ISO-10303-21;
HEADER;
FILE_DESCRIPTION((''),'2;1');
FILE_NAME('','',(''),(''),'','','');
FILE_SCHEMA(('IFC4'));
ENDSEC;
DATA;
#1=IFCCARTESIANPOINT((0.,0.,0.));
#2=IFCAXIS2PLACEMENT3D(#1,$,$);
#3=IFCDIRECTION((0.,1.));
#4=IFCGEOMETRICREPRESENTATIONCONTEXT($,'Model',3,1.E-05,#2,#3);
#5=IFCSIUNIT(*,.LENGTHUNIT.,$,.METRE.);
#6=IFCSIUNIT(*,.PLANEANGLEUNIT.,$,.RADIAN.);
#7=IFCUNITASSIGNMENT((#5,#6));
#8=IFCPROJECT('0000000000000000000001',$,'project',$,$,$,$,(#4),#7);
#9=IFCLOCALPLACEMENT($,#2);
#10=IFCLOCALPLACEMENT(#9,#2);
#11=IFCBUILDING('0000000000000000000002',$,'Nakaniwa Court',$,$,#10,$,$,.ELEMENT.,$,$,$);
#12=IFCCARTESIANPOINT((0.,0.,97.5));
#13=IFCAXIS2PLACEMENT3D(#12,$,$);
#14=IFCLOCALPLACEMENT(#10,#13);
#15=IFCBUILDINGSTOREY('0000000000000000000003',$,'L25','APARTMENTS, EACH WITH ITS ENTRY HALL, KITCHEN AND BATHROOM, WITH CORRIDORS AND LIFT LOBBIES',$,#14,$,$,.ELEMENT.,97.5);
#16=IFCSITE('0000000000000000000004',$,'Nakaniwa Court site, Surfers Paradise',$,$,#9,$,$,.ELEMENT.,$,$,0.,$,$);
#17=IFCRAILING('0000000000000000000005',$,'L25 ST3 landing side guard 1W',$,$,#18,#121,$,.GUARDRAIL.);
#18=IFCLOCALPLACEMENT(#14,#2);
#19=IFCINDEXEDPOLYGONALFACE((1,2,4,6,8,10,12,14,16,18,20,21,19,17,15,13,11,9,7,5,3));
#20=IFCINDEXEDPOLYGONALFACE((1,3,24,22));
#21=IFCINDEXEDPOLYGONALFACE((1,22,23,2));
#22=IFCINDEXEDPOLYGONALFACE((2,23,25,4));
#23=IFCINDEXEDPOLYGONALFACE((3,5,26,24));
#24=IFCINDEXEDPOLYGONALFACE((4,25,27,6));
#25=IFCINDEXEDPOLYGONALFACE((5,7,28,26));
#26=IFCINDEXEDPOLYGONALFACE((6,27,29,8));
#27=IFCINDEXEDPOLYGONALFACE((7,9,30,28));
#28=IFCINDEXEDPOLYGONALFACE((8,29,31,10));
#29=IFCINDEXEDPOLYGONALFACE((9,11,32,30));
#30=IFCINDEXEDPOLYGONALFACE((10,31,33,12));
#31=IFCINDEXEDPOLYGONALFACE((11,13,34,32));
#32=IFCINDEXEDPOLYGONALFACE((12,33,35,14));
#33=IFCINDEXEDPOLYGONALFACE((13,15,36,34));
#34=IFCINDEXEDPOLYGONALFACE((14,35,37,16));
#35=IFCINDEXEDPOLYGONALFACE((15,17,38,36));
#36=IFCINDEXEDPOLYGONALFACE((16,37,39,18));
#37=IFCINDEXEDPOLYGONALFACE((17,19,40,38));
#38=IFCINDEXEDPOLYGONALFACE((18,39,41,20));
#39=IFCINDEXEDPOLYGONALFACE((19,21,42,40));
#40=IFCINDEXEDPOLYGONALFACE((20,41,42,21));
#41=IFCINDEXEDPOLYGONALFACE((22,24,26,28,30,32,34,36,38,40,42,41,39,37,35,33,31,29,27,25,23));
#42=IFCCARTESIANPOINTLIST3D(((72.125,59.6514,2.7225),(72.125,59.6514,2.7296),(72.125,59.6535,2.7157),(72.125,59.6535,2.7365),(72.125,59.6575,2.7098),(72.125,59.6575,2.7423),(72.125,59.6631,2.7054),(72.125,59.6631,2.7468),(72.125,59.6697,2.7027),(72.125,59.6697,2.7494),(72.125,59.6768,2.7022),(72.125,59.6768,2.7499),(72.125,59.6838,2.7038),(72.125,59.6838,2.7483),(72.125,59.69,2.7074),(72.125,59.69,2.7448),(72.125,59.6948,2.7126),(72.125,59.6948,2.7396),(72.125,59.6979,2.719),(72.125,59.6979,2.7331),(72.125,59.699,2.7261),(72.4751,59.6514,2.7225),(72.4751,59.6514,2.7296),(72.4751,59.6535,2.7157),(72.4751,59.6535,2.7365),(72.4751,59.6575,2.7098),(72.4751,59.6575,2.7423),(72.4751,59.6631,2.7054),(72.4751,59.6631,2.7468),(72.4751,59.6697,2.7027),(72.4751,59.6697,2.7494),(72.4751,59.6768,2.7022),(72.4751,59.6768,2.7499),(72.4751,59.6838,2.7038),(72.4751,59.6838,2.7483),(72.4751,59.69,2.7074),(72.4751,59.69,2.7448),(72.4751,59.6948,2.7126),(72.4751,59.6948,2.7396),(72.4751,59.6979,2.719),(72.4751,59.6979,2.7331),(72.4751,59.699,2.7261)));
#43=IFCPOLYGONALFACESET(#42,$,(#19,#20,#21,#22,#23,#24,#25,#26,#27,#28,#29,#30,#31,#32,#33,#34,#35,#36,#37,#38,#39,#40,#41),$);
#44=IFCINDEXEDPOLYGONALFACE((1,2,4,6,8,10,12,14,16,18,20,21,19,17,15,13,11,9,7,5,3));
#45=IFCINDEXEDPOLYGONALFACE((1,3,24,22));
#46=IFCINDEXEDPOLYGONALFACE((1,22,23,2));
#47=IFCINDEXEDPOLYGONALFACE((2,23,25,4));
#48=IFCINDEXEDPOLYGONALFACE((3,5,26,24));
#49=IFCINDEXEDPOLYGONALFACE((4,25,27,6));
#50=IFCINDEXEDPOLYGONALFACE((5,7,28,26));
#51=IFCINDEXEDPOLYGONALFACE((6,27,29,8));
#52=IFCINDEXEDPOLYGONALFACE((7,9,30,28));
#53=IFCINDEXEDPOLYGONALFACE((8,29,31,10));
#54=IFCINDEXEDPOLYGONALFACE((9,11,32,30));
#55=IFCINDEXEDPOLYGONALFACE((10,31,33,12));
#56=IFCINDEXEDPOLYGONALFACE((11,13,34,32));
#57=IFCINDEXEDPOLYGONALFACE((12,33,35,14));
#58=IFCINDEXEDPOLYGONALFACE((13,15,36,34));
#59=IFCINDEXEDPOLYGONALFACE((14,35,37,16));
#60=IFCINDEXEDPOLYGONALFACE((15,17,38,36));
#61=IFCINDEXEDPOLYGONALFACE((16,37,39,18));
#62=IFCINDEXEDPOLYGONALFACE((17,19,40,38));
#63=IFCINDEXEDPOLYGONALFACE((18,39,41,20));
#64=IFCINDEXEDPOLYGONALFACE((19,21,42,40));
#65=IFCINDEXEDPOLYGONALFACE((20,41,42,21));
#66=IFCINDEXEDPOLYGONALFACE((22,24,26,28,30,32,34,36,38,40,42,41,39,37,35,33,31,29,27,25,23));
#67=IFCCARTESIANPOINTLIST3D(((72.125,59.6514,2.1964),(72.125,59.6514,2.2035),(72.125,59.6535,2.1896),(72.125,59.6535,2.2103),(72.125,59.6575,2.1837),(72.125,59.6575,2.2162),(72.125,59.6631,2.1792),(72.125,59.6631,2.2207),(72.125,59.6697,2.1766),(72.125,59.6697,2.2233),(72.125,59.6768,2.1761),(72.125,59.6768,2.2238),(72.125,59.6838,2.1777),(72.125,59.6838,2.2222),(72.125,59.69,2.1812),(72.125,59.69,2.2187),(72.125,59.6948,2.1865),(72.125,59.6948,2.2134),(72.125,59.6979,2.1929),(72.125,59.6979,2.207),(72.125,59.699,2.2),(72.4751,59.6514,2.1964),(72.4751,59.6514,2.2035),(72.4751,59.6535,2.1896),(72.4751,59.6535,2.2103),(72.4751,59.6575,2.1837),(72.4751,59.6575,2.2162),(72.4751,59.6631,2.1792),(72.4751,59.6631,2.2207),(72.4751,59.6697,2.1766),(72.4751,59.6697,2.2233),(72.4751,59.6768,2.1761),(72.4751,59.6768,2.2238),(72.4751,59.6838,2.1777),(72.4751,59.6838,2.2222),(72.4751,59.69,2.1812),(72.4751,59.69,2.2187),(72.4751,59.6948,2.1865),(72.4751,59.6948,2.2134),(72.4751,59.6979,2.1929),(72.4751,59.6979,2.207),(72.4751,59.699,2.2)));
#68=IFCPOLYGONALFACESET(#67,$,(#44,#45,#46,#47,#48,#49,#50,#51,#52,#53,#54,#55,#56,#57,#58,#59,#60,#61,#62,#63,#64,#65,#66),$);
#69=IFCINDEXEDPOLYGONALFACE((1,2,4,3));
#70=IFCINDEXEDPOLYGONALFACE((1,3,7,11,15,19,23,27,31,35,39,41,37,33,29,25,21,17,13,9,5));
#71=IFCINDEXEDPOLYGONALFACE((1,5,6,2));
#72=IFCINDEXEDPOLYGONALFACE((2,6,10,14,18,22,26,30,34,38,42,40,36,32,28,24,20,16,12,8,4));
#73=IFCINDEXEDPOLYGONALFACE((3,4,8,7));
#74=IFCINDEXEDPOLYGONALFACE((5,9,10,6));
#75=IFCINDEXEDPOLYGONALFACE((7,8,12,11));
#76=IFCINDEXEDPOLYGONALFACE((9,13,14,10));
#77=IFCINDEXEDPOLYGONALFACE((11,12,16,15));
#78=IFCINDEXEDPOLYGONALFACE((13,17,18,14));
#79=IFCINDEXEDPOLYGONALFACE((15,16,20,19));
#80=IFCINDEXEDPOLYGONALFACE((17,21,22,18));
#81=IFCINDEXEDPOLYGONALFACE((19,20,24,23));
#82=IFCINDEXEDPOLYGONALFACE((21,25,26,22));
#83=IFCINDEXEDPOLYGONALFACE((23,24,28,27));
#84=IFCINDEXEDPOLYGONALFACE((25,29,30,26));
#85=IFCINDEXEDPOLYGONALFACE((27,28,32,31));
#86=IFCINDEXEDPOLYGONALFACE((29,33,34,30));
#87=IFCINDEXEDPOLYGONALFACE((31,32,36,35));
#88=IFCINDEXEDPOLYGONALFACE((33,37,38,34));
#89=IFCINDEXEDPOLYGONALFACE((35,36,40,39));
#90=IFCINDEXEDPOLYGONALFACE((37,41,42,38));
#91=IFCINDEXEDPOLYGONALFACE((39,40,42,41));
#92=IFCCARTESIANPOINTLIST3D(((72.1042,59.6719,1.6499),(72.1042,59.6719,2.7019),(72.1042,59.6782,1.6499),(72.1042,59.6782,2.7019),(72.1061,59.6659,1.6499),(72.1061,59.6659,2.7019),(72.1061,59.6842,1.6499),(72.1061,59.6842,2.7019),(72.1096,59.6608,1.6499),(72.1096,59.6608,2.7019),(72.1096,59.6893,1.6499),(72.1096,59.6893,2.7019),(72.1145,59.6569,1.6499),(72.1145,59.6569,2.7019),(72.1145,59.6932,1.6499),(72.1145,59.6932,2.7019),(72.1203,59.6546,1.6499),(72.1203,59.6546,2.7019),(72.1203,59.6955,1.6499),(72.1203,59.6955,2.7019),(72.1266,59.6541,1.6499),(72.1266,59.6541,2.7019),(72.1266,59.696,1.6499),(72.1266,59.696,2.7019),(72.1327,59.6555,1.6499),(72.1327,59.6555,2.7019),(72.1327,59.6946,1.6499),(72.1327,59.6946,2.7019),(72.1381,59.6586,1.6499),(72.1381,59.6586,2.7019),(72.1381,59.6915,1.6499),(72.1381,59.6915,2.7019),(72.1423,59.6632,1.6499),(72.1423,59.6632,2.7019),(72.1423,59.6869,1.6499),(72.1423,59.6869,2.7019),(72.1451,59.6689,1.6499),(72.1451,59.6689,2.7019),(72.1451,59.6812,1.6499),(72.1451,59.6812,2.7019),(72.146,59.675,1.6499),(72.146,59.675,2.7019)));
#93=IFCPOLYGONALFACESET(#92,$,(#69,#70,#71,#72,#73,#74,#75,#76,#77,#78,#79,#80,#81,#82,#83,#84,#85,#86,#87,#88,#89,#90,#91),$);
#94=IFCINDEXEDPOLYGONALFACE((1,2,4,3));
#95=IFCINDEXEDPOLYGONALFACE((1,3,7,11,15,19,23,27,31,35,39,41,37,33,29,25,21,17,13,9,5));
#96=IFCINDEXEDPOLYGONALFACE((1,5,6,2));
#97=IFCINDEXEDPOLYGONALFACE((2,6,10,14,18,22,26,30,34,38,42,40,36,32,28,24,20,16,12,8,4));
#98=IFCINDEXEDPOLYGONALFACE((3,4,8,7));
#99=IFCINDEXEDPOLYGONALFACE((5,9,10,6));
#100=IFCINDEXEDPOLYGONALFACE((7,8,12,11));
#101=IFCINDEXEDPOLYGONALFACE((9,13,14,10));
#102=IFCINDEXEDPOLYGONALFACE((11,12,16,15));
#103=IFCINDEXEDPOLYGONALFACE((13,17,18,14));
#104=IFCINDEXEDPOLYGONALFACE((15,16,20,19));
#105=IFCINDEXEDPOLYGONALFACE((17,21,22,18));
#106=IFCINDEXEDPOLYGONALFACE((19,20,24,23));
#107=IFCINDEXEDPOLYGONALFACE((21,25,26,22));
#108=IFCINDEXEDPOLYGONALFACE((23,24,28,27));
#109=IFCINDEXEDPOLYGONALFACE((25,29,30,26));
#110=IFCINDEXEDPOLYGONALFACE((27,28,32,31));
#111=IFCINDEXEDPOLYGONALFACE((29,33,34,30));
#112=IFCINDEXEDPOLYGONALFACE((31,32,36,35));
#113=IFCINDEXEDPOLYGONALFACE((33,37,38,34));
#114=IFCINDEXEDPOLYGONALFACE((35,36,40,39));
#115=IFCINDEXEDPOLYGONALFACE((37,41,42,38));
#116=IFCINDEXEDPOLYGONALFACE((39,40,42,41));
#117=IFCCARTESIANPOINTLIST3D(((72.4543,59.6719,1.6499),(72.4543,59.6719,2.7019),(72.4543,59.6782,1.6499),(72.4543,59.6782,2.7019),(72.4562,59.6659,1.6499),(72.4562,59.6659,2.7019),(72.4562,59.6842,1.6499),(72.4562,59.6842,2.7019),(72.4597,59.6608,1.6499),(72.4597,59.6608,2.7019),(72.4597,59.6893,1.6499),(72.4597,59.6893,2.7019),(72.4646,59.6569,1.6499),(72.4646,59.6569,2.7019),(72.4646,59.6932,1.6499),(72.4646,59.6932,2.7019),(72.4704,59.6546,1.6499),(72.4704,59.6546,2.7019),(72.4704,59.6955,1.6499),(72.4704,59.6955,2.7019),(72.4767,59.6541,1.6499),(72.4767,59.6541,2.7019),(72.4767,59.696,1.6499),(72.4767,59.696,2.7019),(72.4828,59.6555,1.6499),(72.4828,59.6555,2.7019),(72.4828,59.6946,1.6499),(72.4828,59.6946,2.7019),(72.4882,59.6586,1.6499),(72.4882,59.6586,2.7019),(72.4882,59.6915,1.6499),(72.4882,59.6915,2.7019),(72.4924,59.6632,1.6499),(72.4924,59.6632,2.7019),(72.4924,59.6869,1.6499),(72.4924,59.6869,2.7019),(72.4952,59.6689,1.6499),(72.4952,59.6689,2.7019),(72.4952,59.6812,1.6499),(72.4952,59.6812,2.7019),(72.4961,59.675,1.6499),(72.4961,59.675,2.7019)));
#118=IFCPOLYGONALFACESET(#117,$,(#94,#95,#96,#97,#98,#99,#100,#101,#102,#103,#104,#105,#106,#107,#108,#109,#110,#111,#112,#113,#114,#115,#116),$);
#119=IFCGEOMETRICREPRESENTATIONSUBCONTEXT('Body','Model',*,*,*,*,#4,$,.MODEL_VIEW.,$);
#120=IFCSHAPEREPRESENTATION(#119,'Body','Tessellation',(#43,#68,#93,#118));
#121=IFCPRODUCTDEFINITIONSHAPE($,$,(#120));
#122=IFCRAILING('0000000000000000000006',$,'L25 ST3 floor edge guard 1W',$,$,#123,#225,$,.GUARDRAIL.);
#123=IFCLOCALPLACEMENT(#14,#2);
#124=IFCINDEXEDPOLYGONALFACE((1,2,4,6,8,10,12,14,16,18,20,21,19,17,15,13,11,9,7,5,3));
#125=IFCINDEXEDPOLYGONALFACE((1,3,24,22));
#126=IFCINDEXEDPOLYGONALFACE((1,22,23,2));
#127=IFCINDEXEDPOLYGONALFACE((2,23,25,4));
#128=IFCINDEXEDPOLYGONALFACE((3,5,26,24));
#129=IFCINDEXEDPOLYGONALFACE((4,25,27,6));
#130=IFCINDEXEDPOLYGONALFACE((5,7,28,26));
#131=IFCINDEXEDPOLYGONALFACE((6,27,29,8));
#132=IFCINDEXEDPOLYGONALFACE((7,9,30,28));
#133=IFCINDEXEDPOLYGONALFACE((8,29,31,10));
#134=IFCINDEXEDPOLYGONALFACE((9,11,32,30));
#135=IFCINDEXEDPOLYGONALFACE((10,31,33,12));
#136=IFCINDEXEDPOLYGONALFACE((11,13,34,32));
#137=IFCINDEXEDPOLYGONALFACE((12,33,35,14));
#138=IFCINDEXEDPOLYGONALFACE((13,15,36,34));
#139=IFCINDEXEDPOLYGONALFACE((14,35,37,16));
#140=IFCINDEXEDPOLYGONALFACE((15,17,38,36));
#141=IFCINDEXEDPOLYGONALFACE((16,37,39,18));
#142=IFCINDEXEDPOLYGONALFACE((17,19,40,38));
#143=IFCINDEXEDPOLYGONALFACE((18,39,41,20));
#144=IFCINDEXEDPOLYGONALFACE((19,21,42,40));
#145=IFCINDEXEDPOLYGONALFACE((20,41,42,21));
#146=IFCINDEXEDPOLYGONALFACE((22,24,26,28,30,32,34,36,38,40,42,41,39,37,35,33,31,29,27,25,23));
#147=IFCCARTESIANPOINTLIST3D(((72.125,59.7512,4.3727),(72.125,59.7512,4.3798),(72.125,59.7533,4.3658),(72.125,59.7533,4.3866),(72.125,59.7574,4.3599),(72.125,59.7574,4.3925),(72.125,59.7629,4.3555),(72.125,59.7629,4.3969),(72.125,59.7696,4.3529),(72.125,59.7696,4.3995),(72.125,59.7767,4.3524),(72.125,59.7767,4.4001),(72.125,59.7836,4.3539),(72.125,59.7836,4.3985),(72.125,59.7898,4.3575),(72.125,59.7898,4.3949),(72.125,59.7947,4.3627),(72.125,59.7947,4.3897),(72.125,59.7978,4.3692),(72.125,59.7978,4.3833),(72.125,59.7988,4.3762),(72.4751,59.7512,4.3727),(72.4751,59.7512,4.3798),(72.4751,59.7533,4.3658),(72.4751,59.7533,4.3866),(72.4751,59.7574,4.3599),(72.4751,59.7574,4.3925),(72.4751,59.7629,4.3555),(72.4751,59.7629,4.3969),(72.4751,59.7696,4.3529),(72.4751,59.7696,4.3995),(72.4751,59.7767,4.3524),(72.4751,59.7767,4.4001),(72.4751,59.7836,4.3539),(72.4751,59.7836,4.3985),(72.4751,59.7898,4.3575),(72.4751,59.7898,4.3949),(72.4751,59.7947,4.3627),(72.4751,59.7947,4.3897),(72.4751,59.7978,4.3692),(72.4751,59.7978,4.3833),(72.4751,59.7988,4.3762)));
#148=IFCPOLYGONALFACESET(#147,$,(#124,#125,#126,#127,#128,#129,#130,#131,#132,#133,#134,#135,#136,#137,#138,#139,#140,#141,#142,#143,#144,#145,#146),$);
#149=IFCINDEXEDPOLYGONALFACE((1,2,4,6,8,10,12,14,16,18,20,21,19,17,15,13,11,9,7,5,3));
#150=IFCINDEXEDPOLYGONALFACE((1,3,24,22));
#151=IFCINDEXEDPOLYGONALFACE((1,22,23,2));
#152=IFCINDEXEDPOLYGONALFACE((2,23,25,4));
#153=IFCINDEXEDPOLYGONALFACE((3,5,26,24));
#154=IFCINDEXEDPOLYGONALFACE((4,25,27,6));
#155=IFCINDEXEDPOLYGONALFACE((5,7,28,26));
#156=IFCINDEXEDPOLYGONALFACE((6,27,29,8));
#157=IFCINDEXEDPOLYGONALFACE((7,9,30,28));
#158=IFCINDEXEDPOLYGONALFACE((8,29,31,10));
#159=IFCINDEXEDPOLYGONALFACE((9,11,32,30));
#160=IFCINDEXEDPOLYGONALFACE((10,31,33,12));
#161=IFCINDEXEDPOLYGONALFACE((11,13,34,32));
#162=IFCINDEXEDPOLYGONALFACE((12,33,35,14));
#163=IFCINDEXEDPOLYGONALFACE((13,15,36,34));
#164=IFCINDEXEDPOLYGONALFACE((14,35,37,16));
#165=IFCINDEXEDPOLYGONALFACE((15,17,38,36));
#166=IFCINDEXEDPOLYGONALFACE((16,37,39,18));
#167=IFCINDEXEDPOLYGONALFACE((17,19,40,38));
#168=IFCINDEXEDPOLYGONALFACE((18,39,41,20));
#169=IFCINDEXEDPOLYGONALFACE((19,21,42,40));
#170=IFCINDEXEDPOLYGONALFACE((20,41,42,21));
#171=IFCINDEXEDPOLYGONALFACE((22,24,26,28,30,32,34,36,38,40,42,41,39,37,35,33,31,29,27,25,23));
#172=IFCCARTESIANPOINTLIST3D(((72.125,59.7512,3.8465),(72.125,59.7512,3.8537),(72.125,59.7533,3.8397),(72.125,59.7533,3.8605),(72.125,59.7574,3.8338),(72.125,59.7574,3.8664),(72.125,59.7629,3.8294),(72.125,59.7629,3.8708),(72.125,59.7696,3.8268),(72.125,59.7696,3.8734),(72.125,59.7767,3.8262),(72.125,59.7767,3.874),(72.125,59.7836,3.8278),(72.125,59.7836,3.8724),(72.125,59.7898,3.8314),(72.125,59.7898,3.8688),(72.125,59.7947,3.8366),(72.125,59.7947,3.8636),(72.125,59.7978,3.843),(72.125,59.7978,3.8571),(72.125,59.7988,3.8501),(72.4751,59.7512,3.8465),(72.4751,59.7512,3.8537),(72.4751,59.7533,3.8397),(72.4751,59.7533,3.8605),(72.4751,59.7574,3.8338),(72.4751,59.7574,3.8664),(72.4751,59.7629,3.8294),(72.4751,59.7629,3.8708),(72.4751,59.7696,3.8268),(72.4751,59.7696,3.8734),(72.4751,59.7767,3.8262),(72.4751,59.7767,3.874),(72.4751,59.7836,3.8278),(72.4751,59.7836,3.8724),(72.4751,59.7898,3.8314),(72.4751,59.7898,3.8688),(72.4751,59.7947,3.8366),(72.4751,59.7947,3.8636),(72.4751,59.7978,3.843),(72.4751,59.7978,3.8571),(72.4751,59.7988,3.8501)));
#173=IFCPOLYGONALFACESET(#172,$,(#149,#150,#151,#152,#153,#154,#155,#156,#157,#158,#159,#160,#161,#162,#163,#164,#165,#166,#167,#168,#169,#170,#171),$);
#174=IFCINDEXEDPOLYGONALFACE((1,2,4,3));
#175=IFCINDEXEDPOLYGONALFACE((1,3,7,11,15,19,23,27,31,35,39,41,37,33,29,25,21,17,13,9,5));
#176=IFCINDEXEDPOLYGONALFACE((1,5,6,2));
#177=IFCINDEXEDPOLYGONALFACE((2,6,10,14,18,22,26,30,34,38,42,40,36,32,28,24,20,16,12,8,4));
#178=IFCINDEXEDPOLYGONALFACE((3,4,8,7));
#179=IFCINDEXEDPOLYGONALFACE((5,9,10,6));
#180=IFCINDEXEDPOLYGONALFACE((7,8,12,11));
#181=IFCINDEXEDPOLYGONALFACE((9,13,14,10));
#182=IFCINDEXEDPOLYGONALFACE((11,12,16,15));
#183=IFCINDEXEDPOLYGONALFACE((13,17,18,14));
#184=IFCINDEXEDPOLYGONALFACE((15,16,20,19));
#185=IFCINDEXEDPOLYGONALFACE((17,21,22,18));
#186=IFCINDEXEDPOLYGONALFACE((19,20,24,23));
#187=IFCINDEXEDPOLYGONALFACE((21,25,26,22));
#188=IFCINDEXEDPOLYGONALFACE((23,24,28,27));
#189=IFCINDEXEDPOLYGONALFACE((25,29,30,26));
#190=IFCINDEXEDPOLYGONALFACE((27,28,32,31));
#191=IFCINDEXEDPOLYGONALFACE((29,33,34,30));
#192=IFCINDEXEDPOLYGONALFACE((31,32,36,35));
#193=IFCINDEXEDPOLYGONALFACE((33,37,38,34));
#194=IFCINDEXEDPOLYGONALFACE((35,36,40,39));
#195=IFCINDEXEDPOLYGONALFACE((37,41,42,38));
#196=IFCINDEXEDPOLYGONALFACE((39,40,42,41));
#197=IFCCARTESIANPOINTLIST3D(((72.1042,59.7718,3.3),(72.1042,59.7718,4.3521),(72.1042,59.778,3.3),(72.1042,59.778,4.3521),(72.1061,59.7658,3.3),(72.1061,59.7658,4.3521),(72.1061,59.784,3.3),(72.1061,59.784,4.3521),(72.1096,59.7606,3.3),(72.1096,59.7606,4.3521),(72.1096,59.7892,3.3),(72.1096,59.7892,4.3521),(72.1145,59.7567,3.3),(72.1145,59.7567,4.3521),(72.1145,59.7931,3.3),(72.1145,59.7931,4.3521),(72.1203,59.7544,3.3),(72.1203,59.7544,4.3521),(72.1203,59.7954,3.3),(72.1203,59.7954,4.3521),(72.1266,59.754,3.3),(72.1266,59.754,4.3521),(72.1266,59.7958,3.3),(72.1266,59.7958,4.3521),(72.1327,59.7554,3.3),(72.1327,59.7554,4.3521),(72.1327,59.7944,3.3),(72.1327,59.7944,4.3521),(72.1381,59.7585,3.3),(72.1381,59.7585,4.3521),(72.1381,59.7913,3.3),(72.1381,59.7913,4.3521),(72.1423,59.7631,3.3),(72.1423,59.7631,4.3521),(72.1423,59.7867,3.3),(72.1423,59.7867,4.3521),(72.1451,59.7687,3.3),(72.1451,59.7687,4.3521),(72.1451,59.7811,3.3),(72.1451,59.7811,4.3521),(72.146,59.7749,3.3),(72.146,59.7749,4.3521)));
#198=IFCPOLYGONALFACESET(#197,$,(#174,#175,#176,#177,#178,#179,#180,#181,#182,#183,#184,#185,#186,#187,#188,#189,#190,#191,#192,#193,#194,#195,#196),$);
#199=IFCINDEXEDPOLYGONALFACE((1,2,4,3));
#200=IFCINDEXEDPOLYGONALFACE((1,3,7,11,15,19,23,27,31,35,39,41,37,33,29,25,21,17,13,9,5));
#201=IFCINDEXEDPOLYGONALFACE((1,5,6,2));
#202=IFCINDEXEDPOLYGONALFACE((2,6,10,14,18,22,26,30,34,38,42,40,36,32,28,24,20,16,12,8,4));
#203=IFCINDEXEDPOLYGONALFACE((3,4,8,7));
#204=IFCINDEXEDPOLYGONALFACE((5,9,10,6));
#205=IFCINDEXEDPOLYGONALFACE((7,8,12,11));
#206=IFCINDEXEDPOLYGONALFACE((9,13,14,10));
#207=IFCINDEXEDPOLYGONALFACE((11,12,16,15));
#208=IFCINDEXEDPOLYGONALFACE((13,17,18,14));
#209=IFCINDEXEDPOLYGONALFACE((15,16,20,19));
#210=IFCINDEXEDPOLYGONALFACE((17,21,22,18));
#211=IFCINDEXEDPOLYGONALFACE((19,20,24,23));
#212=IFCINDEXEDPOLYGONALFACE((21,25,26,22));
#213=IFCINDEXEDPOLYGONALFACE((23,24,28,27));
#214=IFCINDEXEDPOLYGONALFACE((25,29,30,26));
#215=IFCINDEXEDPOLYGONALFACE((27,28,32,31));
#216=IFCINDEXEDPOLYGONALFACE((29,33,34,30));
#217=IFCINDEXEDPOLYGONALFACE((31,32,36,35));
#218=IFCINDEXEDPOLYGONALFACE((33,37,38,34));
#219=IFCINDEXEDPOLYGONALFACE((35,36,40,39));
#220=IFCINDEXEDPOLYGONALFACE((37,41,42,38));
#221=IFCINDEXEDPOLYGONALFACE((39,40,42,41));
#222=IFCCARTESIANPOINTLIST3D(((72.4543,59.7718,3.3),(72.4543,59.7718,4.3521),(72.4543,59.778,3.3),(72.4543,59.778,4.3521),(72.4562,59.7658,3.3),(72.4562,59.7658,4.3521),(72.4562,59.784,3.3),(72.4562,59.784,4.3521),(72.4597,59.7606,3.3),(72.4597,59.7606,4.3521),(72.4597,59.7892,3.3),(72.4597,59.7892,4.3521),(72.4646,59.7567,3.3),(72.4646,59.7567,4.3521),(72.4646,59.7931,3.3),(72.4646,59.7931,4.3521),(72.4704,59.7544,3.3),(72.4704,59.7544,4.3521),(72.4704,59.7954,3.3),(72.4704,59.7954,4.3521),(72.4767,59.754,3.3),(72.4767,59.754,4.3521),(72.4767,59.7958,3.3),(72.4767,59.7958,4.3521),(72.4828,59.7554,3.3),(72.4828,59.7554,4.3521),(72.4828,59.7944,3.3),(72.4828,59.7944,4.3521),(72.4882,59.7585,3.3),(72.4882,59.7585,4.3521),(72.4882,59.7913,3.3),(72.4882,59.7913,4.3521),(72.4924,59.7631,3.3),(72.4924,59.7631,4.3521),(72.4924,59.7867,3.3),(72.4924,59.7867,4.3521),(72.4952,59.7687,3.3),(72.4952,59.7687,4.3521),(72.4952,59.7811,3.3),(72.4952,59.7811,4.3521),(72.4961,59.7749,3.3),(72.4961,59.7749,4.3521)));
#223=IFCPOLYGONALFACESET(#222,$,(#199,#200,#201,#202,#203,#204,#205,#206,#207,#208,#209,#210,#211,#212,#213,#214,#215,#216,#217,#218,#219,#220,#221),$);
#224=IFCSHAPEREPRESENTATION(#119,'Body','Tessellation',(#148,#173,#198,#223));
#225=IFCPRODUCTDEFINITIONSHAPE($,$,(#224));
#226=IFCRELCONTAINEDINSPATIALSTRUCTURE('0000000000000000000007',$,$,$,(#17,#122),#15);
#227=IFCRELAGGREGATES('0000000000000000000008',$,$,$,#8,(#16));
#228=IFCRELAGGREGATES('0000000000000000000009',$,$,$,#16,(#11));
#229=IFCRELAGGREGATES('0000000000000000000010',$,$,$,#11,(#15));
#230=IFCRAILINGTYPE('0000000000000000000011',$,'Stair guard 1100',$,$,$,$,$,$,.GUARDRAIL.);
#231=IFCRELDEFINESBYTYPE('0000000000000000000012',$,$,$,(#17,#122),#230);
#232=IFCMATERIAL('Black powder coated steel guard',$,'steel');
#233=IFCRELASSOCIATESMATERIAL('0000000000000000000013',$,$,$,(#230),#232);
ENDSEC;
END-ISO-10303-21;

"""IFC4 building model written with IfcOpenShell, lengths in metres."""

from ifc_helpers import new_model, si_unit, direction, frame, origin, origin_2d, place, context, subcontext, project, spatial, circle, extrude, material, type_object, element, save


model = new_model("IFC4")

# Units and contexts
model_context = context("Model", 3, precision=1e-05, world=origin(), true_north=direction((0.0, 1.0)))
body_context = subcontext(model_context, "Body", "Model", "MODEL_VIEW")
ifc_project = project(units=[si_unit("LENGTHUNIT", "METRE"), si_unit("PLANEANGLEUNIT", "RADIAN")], contexts=[model_context])

# Site, building, storey
site_placement = place(None, origin())
site = spatial("IfcSite", under=ifc_project, at=site_placement, Name="Nakaniwa Court site, Surfers Paradise", CompositionType="ELEMENT", RefElevation=0.0)
building_placement = place(site_placement, origin())
building = spatial("IfcBuilding", under=site, at=building_placement, Name="Nakaniwa Court", CompositionType="ELEMENT")
storey_placement = place(building_placement, frame((0.0, 0.0, 97.5)))
storey = spatial("IfcBuildingStorey", under=building, at=storey_placement, Name="L25", Description="APARTMENTS, EACH WITH ITS ENTRY HALL, KITCHEN AND BATHROOM, WITH CORRIDORS AND LIFT LOBBIES", CompositionType="ELEMENT", Elevation=97.5)

# Railings
ifc_material_1 = material(Name="Black powder coated steel guard", Category="steel")
railing_type_1 = type_object("IfcRailingType", Name="Stair guard 1100", PredefinedType="GUARDRAIL", material=ifc_material_1)
for number, where, name in (
    (1, (72.125, 59.675, 1.6499), "L25 ST3 landing side guard 1W"),
    (2, (72.125, 59.7749, 3.3), "L25 ST3 floor edge guard 1W"),
):
    element("IfcRailing", number, at=place(storey_placement, frame(where)), inside=storey, type_object=railing_type_1, Name=name, PredefinedType="GUARDRAIL", context=body_context, shape_type="SweptSolid", body=[
        extrude(circle(Radius=0.0239, at=origin_2d()), frame((0.0, 0.0, 1.0762), z_axis=(1.0, 0.0, 0.0), x_axis=(0.0, 1.0, 0.0)), (0.0, 0.0, 1.0), 0.3501),
        extrude(circle(Radius=0.0239, at=origin_2d()), frame((0.0, 0.0, 0.55), z_axis=(1.0, 0.0, 0.0), x_axis=(0.0, 1.0, 0.0)), (0.0, 0.0, 1.0), 0.3501),
        extrude(circle(Radius=0.021, at=origin_2d()), origin(), (0.0, 0.0, 1.0), 1.052),
        extrude(circle(Radius=0.021, at=origin_2d()), frame((0.3501, 0.0, 0.0)), (0.0, 0.0, 1.0), 1.052),
    ])

save(model, "model.ifc")
